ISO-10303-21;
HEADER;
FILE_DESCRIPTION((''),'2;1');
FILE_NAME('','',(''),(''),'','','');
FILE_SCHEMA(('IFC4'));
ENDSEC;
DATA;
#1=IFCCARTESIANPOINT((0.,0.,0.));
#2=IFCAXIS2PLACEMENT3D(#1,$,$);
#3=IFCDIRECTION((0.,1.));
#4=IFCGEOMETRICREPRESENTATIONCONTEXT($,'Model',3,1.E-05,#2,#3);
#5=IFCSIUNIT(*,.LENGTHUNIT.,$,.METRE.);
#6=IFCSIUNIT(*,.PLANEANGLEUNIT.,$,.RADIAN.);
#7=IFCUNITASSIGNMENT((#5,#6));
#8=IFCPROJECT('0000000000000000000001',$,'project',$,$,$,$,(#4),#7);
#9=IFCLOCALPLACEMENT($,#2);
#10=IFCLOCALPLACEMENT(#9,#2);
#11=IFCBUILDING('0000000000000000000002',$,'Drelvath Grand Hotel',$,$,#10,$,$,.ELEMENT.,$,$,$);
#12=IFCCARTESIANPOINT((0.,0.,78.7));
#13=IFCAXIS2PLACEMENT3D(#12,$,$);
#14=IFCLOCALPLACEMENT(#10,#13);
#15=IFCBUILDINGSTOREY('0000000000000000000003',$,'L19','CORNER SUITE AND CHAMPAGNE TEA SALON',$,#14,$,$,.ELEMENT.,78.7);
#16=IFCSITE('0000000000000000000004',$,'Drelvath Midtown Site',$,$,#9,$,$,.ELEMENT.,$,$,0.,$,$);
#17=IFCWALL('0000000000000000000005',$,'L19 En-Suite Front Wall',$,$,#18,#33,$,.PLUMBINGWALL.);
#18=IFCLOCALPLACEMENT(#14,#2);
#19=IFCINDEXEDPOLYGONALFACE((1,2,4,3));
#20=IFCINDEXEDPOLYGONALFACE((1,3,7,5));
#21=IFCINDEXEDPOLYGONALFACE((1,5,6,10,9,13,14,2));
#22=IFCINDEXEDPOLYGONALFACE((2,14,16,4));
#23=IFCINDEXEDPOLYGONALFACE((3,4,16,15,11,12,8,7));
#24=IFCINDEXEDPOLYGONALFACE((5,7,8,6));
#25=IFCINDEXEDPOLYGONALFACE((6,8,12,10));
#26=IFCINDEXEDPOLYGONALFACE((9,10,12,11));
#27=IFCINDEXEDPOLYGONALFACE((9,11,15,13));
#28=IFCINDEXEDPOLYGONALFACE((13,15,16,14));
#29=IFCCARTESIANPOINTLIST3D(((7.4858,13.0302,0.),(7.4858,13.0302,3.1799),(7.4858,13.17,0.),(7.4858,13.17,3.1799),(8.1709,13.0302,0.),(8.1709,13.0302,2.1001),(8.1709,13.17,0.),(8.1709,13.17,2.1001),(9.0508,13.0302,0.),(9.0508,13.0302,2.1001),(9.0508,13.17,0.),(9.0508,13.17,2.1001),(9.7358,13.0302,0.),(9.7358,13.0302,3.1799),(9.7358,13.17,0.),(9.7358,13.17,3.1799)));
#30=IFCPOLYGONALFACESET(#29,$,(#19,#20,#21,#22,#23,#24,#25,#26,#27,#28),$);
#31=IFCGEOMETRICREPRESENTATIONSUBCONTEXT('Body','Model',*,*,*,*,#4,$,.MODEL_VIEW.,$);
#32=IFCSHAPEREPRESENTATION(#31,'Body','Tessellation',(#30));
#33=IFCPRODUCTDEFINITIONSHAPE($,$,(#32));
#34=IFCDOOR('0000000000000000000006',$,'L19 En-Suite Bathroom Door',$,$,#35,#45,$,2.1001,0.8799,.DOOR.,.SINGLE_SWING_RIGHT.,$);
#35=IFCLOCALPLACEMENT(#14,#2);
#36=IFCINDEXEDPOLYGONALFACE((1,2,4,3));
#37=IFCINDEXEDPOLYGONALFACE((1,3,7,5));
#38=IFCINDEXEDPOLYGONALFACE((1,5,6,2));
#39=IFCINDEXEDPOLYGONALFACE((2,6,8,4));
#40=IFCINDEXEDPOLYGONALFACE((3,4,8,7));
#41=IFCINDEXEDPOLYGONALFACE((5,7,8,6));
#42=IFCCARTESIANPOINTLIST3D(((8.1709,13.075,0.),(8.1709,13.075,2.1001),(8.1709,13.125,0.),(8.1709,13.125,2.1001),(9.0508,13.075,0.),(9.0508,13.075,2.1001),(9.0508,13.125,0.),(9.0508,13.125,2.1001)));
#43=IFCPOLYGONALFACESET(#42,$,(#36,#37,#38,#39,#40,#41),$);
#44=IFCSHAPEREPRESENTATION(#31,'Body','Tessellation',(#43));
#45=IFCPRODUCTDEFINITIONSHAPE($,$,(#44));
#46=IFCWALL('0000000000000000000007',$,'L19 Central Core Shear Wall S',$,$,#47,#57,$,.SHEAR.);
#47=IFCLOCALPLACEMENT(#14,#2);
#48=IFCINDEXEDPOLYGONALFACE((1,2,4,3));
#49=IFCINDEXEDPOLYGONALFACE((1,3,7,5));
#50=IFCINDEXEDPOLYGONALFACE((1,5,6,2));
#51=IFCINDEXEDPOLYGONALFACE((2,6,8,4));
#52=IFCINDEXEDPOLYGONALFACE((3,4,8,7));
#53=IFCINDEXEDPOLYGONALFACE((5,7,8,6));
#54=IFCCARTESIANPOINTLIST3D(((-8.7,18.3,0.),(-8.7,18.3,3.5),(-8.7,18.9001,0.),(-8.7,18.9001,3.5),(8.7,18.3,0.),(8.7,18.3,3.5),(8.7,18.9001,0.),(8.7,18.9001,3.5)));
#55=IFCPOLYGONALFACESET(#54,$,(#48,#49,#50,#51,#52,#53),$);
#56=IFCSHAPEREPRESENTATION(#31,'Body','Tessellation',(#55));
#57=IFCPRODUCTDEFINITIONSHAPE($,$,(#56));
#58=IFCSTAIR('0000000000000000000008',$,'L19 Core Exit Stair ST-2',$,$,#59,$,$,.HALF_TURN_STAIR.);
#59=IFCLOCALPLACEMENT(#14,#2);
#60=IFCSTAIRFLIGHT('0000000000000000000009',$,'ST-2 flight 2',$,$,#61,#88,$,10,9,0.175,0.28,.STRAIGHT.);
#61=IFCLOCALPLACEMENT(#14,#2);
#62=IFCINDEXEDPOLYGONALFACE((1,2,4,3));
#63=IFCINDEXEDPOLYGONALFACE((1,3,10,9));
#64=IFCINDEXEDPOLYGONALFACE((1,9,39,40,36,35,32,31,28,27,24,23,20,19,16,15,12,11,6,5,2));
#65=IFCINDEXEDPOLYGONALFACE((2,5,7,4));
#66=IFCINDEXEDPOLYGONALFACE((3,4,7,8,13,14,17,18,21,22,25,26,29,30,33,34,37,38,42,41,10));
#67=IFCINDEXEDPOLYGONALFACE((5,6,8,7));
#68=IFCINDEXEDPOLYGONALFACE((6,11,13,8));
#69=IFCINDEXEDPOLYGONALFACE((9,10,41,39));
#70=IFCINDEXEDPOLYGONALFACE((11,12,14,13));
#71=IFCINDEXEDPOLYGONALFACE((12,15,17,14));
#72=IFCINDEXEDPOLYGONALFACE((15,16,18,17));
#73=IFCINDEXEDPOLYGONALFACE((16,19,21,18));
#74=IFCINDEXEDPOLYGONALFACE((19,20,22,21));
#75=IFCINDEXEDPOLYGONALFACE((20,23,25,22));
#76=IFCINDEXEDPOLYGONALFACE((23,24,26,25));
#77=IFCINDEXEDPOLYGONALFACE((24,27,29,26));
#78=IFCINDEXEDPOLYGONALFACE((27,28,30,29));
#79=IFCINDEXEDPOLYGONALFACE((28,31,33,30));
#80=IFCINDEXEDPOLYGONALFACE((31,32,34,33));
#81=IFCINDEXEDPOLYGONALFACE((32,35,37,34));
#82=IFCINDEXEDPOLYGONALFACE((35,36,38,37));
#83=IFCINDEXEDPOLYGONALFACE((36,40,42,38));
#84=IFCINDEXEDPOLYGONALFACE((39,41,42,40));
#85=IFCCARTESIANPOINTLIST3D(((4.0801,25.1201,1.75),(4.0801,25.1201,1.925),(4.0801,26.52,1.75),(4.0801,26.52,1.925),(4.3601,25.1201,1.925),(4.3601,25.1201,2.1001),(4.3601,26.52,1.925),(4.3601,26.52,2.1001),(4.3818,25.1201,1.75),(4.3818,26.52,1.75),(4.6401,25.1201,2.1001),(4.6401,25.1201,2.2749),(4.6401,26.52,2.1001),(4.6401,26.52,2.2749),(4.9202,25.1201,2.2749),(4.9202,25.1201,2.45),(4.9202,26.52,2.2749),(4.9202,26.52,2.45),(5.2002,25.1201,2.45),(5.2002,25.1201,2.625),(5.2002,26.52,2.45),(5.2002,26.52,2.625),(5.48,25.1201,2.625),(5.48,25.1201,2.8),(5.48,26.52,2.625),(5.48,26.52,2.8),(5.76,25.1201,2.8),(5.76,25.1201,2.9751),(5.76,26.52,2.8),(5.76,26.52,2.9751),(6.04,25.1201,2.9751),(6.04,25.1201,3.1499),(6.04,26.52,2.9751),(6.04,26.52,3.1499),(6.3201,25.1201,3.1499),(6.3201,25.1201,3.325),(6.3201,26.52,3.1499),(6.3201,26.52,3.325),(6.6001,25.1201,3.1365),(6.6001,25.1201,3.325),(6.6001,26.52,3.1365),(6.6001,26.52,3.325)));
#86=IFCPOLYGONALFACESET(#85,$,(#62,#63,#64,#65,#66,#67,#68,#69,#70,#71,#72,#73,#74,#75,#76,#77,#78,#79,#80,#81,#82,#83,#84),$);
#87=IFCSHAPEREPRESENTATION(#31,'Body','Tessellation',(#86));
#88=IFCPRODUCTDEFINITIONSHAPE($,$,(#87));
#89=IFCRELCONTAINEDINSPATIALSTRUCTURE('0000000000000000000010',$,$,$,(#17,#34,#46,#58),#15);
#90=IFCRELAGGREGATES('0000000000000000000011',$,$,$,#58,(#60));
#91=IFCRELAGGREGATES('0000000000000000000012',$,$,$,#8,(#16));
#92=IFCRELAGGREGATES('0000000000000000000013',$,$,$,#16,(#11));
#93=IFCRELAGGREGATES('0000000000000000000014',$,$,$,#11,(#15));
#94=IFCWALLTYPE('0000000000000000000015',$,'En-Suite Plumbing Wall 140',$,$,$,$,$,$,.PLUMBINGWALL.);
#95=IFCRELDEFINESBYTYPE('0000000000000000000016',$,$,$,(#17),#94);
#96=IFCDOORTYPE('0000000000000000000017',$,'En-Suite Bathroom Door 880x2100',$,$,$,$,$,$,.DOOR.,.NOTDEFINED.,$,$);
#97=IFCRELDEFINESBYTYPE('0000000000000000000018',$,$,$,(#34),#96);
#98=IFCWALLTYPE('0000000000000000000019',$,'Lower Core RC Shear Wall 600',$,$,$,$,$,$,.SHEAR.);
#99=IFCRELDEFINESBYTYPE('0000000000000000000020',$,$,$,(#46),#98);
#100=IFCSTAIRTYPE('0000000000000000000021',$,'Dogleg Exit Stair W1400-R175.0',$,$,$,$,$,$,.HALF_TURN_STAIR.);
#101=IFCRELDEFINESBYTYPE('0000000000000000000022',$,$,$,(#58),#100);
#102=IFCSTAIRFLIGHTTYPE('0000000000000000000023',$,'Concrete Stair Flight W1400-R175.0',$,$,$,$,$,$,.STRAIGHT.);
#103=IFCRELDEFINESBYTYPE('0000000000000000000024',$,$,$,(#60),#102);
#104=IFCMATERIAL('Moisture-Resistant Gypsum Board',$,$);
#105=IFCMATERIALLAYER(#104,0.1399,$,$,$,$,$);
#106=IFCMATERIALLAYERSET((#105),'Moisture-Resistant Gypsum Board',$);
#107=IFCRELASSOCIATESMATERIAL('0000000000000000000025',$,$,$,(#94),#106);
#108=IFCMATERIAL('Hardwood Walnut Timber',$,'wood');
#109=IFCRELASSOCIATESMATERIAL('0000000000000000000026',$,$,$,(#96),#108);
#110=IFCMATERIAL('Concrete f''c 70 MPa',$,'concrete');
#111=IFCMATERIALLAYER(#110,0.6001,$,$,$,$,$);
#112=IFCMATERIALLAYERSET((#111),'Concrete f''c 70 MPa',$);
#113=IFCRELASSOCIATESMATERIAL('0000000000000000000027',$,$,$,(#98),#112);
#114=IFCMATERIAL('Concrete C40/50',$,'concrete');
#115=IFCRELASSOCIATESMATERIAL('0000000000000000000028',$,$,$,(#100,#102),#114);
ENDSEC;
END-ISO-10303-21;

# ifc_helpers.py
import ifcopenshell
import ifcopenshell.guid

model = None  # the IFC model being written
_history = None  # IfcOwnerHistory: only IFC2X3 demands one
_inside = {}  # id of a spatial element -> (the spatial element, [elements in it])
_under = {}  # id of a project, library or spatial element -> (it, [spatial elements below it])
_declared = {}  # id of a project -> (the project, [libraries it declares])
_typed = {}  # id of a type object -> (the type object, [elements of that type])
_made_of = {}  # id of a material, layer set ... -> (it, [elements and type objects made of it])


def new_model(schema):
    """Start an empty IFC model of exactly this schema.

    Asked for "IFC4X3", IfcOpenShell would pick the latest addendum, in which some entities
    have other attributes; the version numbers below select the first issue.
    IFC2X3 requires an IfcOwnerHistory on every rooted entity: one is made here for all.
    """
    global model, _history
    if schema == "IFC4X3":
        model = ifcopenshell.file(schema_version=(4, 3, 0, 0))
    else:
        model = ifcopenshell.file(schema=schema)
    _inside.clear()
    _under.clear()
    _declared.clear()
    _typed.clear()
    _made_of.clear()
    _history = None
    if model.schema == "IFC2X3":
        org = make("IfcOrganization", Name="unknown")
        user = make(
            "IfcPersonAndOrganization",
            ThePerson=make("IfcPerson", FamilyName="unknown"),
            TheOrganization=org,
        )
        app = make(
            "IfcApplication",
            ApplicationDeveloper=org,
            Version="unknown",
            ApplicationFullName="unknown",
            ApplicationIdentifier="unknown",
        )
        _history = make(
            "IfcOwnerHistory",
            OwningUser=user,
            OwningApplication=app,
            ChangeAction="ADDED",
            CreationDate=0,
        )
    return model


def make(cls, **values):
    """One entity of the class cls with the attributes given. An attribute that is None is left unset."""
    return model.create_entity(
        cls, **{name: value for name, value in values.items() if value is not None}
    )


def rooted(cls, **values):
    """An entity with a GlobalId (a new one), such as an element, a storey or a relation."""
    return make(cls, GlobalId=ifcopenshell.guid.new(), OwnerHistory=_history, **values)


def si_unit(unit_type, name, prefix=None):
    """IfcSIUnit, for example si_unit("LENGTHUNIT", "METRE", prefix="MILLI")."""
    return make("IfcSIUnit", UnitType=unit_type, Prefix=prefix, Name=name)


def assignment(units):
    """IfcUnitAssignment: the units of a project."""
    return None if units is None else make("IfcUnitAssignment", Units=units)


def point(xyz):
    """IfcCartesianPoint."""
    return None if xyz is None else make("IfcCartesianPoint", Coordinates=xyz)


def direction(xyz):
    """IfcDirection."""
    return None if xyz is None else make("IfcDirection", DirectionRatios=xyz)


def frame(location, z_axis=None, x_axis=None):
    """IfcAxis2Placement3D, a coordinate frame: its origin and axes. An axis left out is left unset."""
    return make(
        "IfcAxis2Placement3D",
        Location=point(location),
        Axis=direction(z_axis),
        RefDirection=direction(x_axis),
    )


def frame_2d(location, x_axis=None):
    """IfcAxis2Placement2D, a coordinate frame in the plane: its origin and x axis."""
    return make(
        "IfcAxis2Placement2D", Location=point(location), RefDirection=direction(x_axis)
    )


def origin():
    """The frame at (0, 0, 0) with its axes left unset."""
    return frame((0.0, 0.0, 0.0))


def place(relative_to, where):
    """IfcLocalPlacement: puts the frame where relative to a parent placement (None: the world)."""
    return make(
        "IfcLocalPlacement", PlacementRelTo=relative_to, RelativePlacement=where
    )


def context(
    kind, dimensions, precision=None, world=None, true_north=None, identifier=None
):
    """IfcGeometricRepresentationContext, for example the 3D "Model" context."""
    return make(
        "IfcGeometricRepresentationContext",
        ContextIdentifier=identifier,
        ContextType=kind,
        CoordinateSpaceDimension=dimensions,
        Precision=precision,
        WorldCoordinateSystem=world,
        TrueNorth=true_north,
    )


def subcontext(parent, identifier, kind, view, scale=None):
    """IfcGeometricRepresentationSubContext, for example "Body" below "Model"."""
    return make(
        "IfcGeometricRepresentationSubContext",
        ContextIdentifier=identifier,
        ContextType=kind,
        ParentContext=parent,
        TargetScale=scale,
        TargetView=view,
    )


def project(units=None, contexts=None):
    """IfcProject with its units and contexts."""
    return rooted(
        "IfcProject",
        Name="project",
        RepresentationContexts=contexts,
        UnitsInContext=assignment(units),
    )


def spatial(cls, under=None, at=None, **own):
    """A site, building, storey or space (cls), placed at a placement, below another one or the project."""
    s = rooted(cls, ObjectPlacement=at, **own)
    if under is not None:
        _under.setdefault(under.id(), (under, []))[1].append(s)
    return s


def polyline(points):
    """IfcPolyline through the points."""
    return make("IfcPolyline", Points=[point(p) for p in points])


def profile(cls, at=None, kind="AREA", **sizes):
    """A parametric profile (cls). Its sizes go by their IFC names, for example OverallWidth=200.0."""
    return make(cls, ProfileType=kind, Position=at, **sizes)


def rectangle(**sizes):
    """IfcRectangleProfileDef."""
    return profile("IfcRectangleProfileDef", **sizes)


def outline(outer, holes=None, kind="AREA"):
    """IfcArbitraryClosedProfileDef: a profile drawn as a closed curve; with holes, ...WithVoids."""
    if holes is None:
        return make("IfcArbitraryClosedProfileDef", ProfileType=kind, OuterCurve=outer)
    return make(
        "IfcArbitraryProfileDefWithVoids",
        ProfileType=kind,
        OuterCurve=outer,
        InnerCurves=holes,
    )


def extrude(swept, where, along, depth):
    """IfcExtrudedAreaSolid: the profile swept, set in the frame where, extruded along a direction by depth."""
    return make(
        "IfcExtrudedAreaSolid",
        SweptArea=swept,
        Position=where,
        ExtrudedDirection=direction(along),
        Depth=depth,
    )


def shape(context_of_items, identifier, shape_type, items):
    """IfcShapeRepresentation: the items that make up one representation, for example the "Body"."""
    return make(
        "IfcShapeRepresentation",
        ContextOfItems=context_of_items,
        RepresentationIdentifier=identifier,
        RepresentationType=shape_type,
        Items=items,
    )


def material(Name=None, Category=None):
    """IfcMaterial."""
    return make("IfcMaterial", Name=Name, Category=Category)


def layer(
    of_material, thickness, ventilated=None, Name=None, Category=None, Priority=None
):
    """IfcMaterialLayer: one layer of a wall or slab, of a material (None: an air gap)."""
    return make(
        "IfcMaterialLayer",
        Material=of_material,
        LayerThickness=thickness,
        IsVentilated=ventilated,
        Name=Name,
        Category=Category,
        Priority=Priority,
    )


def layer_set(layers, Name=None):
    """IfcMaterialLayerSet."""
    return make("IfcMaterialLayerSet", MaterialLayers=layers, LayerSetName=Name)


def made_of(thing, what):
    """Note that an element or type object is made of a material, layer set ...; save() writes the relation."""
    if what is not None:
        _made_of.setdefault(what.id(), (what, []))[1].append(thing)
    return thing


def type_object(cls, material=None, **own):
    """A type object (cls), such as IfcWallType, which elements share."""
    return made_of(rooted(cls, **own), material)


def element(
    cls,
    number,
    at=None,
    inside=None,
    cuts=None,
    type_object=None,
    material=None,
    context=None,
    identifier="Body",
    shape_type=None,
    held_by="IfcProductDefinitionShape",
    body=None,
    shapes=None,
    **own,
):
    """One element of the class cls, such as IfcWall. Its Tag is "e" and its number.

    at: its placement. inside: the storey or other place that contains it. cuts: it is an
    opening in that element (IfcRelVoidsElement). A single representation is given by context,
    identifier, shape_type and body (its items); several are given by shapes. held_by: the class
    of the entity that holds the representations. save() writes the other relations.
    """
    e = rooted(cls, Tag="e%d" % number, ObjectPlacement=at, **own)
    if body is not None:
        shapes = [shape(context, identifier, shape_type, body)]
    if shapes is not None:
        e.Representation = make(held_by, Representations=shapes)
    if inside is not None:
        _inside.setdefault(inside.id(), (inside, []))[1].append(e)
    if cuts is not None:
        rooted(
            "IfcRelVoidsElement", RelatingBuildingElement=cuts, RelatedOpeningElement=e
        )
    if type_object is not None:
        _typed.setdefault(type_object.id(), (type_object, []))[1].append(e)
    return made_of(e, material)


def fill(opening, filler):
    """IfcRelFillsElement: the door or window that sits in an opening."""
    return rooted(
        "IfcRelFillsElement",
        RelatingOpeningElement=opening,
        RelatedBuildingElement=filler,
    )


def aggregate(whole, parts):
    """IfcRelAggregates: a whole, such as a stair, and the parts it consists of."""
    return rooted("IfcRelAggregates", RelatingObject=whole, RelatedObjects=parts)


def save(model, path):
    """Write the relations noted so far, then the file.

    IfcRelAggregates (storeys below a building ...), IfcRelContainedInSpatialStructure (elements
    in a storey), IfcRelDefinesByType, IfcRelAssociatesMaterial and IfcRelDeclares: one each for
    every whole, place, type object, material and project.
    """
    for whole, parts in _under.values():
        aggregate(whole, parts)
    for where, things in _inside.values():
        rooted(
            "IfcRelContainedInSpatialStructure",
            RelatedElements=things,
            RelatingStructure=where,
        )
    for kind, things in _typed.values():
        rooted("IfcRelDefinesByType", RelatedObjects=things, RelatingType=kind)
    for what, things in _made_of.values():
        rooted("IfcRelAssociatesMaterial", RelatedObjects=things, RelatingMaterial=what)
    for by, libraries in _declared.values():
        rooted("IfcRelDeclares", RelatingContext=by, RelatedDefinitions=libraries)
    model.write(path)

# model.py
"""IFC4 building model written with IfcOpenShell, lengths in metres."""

from ifc_helpers import new_model, si_unit, direction, frame, frame_2d, origin, place, context, subcontext, project, spatial, polyline, rectangle, outline, extrude, material, layer, layer_set, type_object, element, fill, aggregate, save


model = new_model("IFC4")

# Units and contexts
model_context = context("Model", 3, precision=1e-05, world=origin(), true_north=direction((0.0, 1.0)))
body_context = subcontext(model_context, "Body", "Model", "MODEL_VIEW")
ifc_project = project(units=[si_unit("LENGTHUNIT", "METRE"), si_unit("PLANEANGLEUNIT", "RADIAN")], contexts=[model_context])

# Site, building, storey
site_placement = place(None, origin())
site = spatial("IfcSite", under=ifc_project, at=site_placement, Name="Drelvath Midtown Site", CompositionType="ELEMENT", RefElevation=0.0)
building_placement = place(site_placement, origin())
building = spatial("IfcBuilding", under=site, at=building_placement, Name="Drelvath Grand Hotel", CompositionType="ELEMENT")
storey_placement = place(building_placement, frame((0.0, 0.0, 78.7)))
storey = spatial("IfcBuildingStorey", under=building, at=storey_placement, Name="L19", Description="CORNER SUITE AND CHAMPAGNE TEA SALON", CompositionType="ELEMENT", Elevation=78.7)

# Shared definitions
ifc_material_1 = material(Name="Concrete f'c 70 MPa", Category="concrete")

# Shared definitions
ifc_material_2 = material(Name="Concrete C40/50", Category="concrete")

# Shared definitions
ifc_material_3 = material(Name="Hardwood Walnut Timber", Category="wood")

# Shared definitions
ifc_material_4 = material(Name="Moisture-Resistant Gypsum Board")
ifc_layer_1 = layer(ifc_material_4, 0.1399)
ifc_layer_set_1 = layer_set([ifc_layer_1], Name="Moisture-Resistant Gypsum Board")
wall_type_1 = type_object("IfcWallType", Name="En-Suite Plumbing Wall 140", PredefinedType="PLUMBINGWALL", material=ifc_layer_set_1)

# Shared definitions
door_type_1 = type_object("IfcDoorType", Name="En-Suite Bathroom Door 880x2100", OperationType="NOTDEFINED", PredefinedType="DOOR", material=ifc_material_3)

# Wall, opening, door
wall_1_placement = place(storey_placement, frame((7.4858, 13.1001, 0.0), z_axis=(0.0, 0.0, 1.0), x_axis=(1.0, 0.0, 0.0)))
wall_1 = element("IfcWall", 1, at=wall_1_placement, inside=storey, type_object=wall_type_1, Name="L19 En-Suite Front Wall", PredefinedType="PLUMBINGWALL", context=body_context, shape_type="SweptSolid", body=[
    extrude(rectangle(XDim=2.25, YDim=0.1399, at=frame_2d((1.125, 0.0))), origin(), (0.0, 0.0, 1.0), 3.1799),
])
opening_1_placement = place(wall_1_placement, frame((0.6851, 0.0, 0.0)))
opening_1 = element("IfcOpeningElement", 2, at=opening_1_placement, cuts=wall_1, PredefinedType="OPENING", context=body_context, shape_type="SweptSolid", body=[
    extrude(rectangle(XDim=0.8799, YDim=2.1001, at=frame_2d((0.4399, 1.05))), frame((0.0, 0.0798, 0.0), z_axis=(0.0, -1.0, 0.0), x_axis=(1.0, 0.0, 0.0)), (0.0, 0.0, 1.0), 0.1599),
])
door_1_placement = place(opening_1_placement, origin())
door_1 = element("IfcDoor", 3, at=door_1_placement, inside=storey, type_object=door_type_1, Name="L19 En-Suite Bathroom Door", OperationType="SINGLE_SWING_RIGHT", OverallHeight=2.1001, OverallWidth=0.8799, PredefinedType="DOOR", context=body_context, shape_type="SweptSolid", body=[
    extrude(rectangle(XDim=0.8799, YDim=2.1001, at=frame_2d((0.4399, 1.05))), frame((0.0, 0.0249, 0.0), z_axis=(0.0, -1.0, 0.0), x_axis=(1.0, 0.0, 0.0)), (0.0, 0.0, 1.0), 0.05),
])
fill(opening_1, door_1)

# Wall
ifc_layer_2 = layer(ifc_material_1, 0.6001)
ifc_layer_set_2 = layer_set([ifc_layer_2], Name="Concrete f'c 70 MPa")
wall_type_2 = type_object("IfcWallType", Name="Lower Core RC Shear Wall 600", PredefinedType="SHEAR", material=ifc_layer_set_2)
wall_2_placement = place(storey_placement, frame((8.7, 18.6001, 0.0), z_axis=(0.0, 0.0, 1.0), x_axis=(-1.0, 0.0, 0.0)))
element("IfcWall", 4, at=wall_2_placement, inside=storey, type_object=wall_type_2, Name="L19 Central Core Shear Wall S", PredefinedType="SHEAR", context=body_context, shape_type="SweptSolid", body=[
    extrude(rectangle(XDim=17.3999, YDim=0.6001, at=frame_2d((8.7, 0.0))), origin(), (0.0, 0.0, 1.0), 3.5),
])

# Stair, stair flight
stair_type = type_object("IfcStairType", Name="Dogleg Exit Stair W1400-R175.0", PredefinedType="HALF_TURN_STAIR", material=ifc_material_2)
stair_placement = place(storey_placement, origin())
stair = element("IfcStair", 5, at=stair_placement, inside=storey, type_object=stair_type, Name="L19 Core Exit Stair ST-2", PredefinedType="HALF_TURN_STAIR")
stair_flight_type = type_object("IfcStairFlightType", Name="Concrete Stair Flight W1400-R175.0", PredefinedType="STRAIGHT", material=ifc_material_2)
stair_flight_placement = place(storey_placement, frame((4.0801, 25.8201, 1.75), z_axis=(0.0, 0.0, 1.0), x_axis=(1.0, 0.0, 0.0)))
stair_flight = element("IfcStairFlight", 6, at=stair_flight_placement, type_object=stair_flight_type, Name="ST-2 flight 2", NumberOfRisers=10, NumberOfTreads=9, PredefinedType="STRAIGHT", RiserHeight=0.175, TreadLength=0.28, context=body_context, shape_type="SweptSolid", body=[
    extrude(outline(polyline([(0.0, 0.0), (0.0, 0.175), (0.28, 0.175), (0.28, 0.3501), (0.5601, 0.3501), (0.5601, 0.5249), (0.8401, 0.5249), (0.8401, 0.7), (1.1201, 0.7), (1.1201, 0.875), (1.3999, 0.875), (1.3999, 1.05), (1.6799, 1.05), (1.6799, 1.2251), (1.96, 1.2251), (1.96, 1.3999), (2.24, 1.3999), (2.24, 1.575), (2.52, 1.575), (2.52, 1.75), (2.52, 1.3865), (0.3018, 0.0), (0.0, 0.0)])), frame((0.0, 0.7, 0.0), z_axis=(0.0, -1.0, 0.0), x_axis=(1.0, 0.0, 0.0)), (0.0, 0.0, 1.0), 1.3999),
])
aggregate(stair, [stair_flight])

save(model, "model.ifc")
